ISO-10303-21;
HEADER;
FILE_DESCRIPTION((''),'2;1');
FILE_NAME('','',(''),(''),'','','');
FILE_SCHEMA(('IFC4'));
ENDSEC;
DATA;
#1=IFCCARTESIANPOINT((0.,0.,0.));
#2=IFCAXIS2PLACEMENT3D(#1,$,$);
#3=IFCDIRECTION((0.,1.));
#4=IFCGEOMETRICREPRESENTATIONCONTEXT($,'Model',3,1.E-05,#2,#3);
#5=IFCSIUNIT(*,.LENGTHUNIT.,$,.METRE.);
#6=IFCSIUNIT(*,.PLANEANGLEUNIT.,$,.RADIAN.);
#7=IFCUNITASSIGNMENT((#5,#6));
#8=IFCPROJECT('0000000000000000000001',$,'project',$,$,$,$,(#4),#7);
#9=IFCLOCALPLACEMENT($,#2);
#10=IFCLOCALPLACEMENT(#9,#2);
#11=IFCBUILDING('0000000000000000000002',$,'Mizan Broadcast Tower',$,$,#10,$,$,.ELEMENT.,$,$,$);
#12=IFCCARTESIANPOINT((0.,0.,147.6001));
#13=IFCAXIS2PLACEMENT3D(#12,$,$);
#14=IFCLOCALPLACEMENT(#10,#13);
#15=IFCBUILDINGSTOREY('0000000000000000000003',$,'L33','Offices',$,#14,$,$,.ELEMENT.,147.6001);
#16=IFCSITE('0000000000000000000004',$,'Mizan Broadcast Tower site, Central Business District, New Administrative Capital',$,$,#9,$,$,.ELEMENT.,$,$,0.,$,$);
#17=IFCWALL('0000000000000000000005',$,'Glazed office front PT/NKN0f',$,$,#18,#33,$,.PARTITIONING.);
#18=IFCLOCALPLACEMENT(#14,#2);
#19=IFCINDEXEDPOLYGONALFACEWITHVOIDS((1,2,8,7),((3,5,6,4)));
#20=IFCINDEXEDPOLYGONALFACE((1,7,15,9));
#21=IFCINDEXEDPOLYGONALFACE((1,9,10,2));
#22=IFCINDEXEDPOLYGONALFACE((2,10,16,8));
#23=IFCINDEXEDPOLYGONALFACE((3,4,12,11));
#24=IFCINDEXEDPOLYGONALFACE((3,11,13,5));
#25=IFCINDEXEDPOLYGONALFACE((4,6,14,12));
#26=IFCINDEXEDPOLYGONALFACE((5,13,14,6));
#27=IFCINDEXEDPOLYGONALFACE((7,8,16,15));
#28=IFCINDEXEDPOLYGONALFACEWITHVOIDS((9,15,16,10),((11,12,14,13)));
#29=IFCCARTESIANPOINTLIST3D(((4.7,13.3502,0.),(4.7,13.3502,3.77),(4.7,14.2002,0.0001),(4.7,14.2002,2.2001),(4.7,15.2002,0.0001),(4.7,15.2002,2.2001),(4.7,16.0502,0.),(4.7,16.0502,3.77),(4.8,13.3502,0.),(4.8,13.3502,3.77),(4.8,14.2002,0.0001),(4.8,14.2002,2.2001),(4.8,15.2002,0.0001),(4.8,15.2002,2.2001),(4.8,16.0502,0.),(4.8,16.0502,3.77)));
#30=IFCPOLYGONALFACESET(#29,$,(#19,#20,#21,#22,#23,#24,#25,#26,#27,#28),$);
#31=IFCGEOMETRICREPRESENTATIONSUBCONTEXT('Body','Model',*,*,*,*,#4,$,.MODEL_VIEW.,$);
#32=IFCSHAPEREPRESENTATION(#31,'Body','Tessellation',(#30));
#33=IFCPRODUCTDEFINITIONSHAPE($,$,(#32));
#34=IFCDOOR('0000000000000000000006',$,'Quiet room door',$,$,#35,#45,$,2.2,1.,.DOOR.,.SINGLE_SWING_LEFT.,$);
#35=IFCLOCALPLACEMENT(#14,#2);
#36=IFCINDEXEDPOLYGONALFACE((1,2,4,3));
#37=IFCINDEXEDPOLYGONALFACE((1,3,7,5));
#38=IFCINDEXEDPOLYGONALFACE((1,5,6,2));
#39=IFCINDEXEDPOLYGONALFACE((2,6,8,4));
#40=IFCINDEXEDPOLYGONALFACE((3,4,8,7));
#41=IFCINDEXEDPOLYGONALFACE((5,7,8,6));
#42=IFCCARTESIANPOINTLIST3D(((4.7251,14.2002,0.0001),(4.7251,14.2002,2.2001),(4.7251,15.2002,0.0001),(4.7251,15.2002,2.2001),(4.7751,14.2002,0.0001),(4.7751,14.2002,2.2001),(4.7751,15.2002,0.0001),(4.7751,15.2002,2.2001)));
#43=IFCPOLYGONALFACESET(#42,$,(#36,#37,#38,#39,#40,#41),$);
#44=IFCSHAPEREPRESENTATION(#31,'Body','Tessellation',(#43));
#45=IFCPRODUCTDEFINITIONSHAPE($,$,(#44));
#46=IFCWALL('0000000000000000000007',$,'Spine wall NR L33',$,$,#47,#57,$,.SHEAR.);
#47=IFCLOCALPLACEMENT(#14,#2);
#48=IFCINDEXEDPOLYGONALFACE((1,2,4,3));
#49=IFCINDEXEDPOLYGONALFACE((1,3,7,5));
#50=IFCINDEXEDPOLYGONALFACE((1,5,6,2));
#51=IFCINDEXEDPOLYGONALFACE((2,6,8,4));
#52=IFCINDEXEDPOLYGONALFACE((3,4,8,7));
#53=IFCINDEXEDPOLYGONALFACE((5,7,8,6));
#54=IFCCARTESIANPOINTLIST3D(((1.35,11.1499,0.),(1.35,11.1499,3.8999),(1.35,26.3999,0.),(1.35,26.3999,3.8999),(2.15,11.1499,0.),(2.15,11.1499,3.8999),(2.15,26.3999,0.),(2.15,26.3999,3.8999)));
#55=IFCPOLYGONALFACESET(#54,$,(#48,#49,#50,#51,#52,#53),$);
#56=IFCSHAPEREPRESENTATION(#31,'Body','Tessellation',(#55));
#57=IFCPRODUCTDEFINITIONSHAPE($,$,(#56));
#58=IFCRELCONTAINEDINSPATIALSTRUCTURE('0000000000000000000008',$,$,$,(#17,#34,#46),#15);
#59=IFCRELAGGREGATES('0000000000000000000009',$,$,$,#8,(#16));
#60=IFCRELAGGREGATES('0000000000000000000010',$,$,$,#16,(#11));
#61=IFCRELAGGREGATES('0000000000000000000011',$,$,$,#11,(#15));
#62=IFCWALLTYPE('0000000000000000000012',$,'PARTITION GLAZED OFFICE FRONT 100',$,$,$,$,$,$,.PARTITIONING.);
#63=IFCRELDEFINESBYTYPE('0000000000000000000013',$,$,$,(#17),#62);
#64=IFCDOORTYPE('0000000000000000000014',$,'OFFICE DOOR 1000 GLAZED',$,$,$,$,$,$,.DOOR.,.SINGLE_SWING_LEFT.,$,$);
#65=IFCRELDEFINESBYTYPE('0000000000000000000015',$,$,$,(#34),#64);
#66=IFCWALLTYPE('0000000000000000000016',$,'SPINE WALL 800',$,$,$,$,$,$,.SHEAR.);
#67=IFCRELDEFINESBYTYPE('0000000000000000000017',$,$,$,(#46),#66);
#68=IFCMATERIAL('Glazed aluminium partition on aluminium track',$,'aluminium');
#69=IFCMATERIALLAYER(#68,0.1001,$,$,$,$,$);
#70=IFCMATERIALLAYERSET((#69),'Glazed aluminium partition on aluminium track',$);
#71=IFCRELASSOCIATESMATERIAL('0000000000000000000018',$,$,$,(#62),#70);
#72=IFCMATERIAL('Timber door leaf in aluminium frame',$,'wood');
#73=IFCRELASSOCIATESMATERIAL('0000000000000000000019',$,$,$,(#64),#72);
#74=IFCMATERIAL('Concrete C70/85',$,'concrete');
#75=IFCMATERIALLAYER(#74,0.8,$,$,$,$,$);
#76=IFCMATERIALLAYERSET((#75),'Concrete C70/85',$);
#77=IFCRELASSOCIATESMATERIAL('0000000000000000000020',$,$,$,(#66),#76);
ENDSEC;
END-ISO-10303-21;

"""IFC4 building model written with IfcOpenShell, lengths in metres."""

from ifc_helpers import new_model, si_unit, direction, frame, frame_2d, origin, place, context, subcontext, project, spatial, rectangle, extrude, material, layer, layer_set, type_object, element, fill, save


model = new_model("IFC4")

# Units and contexts
model_context = context("Model", 3, precision=1e-05, world=origin(), true_north=direction((0.0, 1.0)))
body_context = subcontext(model_context, "Body", "Model", "MODEL_VIEW")
ifc_project = project(units=[si_unit("LENGTHUNIT", "METRE"), si_unit("PLANEANGLEUNIT", "RADIAN")], contexts=[model_context])

# Site, building, storey
site_placement = place(None, origin())
site = spatial("IfcSite", under=ifc_project, at=site_placement, Name="Mizan Broadcast Tower site, Central Business District, New Administrative Capital", CompositionType="ELEMENT", RefElevation=0.0)
building_placement = place(site_placement, origin())
building = spatial("IfcBuilding", under=site, at=building_placement, Name="Mizan Broadcast Tower", CompositionType="ELEMENT")
storey_placement = place(building_placement, frame((0.0, 0.0, 147.6001)))
storey = spatial("IfcBuildingStorey", under=building, at=storey_placement, Name="L33", Description="Offices", CompositionType="ELEMENT", Elevation=147.6001)

# Shared definitions
ifc_material_1 = material(Name="Glazed aluminium partition on aluminium track", Category="aluminium")
ifc_layer_1 = layer(ifc_material_1, 0.1001)
ifc_layer_set_1 = layer_set([ifc_layer_1], Name="Glazed aluminium partition on aluminium track")
wall_type_1 = type_object("IfcWallType", Name="PARTITION GLAZED OFFICE FRONT 100", PredefinedType="PARTITIONING", material=ifc_layer_set_1)

# Wall, opening, door
wall_1_placement = place(storey_placement, frame((4.75, 13.3501, 0.0), z_axis=(0.0, 0.0, 1.0), x_axis=(0.0, 1.0, 0.0)))
wall_1 = element("IfcWall", 1, at=wall_1_placement, inside=storey, type_object=wall_type_1, Name="Glazed office front PT/NKN0f", PredefinedType="PARTITIONING", context=body_context, shape_type="SweptSolid", body=[
    extrude(rectangle(XDim=2.7, YDim=0.1001, at=frame_2d((1.3501, 0.0))), origin(), (0.0, 0.0, 1.0), 3.77),
])
opening_placement = place(wall_1_placement, frame((0.8501, 0.0, 0.0)))
opening = element("IfcOpeningElement", 2, at=opening_placement, cuts=wall_1, PredefinedType="OPENING", context=body_context, shape_type="SweptSolid", body=[
    extrude(rectangle(XDim=1.0, YDim=2.2, at=frame_2d((0.5, 1.1001))), frame((0.0, 0.0601, 0.0), z_axis=(0.0, -1.0, 0.0), x_axis=(1.0, 0.0, 0.0)), (0.0, 0.0, 1.0), 0.1201),
])
ifc_material_2 = material(Name="Timber door leaf in aluminium frame", Category="wood")
door_type = type_object("IfcDoorType", Name="OFFICE DOOR 1000 GLAZED", OperationType="SINGLE_SWING_LEFT", PredefinedType="DOOR", material=ifc_material_2)
door_placement = place(opening_placement, origin())
door = element("IfcDoor", 3, at=door_placement, inside=storey, type_object=door_type, Name="Quiet room door", OperationType="SINGLE_SWING_LEFT", OverallHeight=2.2, OverallWidth=1.0, PredefinedType="DOOR", context=body_context, shape_type="SweptSolid", body=[
    extrude(rectangle(XDim=1.0, YDim=2.2, at=frame_2d((0.5, 1.1001))), frame((0.0, 0.0249, 0.0), z_axis=(0.0, -1.0, 0.0), x_axis=(1.0, 0.0, 0.0)), (0.0, 0.0, 1.0), 0.05),
])
fill(opening, door)

# Wall
ifc_material_3 = material(Name="Concrete C70/85", Category="concrete")
ifc_layer_2 = layer(ifc_material_3, 0.8)
ifc_layer_set_2 = layer_set([ifc_layer_2], Name="Concrete C70/85")
wall_type_2 = type_object("IfcWallType", Name="SPINE WALL 800", PredefinedType="SHEAR", material=ifc_layer_set_2)
wall_2_placement = place(storey_placement, frame((1.75, 11.1499, 0.0), z_axis=(0.0, 0.0, 1.0), x_axis=(0.0, 1.0, 0.0)))
element("IfcWall", 4, at=wall_2_placement, inside=storey, type_object=wall_type_2, Name="Spine wall NR L33", PredefinedType="SHEAR", context=body_context, shape_type="SweptSolid", body=[
    extrude(rectangle(XDim=15.25, YDim=0.8, at=frame_2d((7.625, 0.0))), origin(), (0.0, 0.0, 1.0), 3.8999),
])

save(model, "model.ifc")
